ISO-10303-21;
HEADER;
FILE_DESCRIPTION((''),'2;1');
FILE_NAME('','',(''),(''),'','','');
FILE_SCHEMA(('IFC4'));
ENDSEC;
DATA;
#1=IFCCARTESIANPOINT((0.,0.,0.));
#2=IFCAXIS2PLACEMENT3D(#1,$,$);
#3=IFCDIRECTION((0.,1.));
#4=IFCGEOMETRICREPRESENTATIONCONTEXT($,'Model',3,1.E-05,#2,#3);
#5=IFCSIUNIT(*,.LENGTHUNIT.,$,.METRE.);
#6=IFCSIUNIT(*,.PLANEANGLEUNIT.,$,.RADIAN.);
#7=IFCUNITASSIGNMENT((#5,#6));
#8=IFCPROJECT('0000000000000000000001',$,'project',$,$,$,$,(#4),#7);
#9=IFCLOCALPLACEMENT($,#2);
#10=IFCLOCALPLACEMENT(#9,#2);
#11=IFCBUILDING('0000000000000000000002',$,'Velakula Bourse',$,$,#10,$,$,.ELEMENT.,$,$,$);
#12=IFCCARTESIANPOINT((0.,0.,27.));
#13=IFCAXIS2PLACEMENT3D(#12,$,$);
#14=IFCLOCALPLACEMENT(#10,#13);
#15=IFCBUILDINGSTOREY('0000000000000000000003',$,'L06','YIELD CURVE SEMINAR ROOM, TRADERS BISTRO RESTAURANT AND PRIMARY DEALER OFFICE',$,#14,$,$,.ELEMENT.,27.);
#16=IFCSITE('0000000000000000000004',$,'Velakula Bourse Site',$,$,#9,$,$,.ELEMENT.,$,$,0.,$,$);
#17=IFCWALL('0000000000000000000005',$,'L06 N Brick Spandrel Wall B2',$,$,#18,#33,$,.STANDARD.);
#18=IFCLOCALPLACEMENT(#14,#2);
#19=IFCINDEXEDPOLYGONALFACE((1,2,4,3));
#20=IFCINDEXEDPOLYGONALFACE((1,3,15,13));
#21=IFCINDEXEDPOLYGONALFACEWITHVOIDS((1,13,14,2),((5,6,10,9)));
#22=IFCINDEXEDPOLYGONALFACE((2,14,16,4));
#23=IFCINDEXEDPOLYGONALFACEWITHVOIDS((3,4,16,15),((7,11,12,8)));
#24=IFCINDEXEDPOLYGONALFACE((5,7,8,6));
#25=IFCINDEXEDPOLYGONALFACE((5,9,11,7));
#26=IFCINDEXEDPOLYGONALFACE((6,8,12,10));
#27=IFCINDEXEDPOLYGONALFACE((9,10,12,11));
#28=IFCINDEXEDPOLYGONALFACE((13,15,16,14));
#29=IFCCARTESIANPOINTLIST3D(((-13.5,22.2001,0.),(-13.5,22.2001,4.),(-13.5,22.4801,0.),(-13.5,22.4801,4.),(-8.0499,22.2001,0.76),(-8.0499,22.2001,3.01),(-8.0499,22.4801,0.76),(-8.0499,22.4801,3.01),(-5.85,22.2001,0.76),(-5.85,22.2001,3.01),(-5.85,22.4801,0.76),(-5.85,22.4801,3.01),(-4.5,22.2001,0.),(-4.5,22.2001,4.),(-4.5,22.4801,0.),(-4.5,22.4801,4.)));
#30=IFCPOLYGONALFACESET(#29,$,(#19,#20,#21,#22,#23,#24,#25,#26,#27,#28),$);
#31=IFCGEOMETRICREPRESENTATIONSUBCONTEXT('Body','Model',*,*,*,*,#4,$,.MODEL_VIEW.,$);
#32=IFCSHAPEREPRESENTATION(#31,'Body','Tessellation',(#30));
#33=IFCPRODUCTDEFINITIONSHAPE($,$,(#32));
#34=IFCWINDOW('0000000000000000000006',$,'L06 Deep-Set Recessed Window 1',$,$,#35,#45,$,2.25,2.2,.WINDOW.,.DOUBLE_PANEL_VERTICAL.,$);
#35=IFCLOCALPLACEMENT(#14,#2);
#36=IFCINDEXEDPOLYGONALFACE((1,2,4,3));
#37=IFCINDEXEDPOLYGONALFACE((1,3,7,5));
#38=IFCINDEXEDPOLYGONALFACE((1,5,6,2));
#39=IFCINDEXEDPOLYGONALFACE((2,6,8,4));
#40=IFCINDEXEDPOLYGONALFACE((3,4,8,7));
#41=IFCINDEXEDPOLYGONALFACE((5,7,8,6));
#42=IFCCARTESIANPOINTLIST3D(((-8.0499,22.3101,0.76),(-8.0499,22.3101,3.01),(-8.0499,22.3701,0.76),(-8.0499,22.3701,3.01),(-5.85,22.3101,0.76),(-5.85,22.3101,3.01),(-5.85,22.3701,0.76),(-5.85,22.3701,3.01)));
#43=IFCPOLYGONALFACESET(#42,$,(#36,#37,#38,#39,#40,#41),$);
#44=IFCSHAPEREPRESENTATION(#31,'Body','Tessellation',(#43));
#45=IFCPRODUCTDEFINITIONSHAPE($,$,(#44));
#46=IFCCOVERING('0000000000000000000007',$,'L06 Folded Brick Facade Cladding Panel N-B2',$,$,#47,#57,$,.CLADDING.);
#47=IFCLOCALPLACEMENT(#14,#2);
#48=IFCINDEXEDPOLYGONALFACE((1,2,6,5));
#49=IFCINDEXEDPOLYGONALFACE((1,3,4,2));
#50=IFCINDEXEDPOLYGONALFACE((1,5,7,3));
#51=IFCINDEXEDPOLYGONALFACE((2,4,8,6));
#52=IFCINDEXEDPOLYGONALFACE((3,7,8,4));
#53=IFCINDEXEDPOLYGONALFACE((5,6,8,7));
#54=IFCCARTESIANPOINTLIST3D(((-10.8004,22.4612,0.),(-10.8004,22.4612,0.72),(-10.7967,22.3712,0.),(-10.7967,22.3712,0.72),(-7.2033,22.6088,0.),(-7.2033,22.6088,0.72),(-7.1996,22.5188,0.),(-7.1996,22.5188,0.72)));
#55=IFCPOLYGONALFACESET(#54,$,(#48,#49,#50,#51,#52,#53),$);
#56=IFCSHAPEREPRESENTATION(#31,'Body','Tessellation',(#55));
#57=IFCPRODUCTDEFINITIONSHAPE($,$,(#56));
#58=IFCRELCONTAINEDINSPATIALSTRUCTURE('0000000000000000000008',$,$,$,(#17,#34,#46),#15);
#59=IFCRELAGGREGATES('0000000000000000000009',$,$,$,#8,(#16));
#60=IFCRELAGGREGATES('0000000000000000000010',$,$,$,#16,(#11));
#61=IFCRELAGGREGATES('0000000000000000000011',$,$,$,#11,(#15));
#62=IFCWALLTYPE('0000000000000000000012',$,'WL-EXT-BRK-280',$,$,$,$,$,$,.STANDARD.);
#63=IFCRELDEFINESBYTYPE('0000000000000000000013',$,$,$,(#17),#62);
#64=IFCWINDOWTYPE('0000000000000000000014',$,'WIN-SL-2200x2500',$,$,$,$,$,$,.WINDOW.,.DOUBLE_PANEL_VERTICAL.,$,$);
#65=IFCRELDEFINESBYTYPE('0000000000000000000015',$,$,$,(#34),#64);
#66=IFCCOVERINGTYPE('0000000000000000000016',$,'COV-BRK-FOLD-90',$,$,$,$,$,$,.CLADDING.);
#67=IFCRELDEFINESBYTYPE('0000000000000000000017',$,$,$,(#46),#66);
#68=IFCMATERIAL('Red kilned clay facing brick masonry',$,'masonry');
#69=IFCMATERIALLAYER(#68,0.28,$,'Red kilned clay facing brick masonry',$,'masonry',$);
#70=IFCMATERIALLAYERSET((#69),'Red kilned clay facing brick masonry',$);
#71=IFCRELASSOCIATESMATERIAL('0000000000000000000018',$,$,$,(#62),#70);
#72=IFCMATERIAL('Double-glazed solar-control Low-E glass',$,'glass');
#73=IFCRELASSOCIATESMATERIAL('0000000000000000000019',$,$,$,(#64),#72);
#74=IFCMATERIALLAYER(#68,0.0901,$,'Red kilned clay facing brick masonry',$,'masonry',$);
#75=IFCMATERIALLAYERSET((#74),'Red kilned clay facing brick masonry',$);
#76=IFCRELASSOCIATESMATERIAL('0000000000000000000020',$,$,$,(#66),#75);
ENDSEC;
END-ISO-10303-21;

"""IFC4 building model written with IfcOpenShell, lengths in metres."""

from ifc_helpers import new_model, si_unit, direction, frame, frame_2d, origin, origin_2d, place, context, subcontext, project, spatial, rectangle, extrude, material, layer, layer_set, type_object, element, fill, save


model = new_model("IFC4")

# Units and contexts
model_context = context("Model", 3, precision=1e-05, world=origin(), true_north=direction((0.0, 1.0)))
body_context = subcontext(model_context, "Body", "Model", "MODEL_VIEW")
ifc_project = project(units=[si_unit("LENGTHUNIT", "METRE"), si_unit("PLANEANGLEUNIT", "RADIAN")], contexts=[model_context])

# Site, building, storey
site_placement = place(None, origin())
site = spatial("IfcSite", under=ifc_project, at=site_placement, Name="Velakula Bourse Site", CompositionType="ELEMENT", RefElevation=0.0)
building_placement = place(site_placement, origin())
building = spatial("IfcBuilding", under=site, at=building_placement, Name="Velakula Bourse", CompositionType="ELEMENT")
storey_placement = place(building_placement, frame((0.0, 0.0, 27.0)))
storey = spatial("IfcBuildingStorey", under=building, at=storey_placement, Name="L06", Description="YIELD CURVE SEMINAR ROOM, TRADERS BISTRO RESTAURANT AND PRIMARY DEALER OFFICE", CompositionType="ELEMENT", Elevation=27.0)

# Shared definitions
ifc_material_1 = material(Name="Double-glazed solar-control Low-E glass", Category="glass")

# Wall, opening, window
ifc_material_2 = material(Name="Red kilned clay facing brick masonry", Category="masonry")
ifc_layer_1 = layer(ifc_material_2, 0.28, Name="Red kilned clay facing brick masonry", Category="masonry")
ifc_layer_set_1 = layer_set([ifc_layer_1], Name="Red kilned clay facing brick masonry")
wall_type = type_object("IfcWallType", Name="WL-EXT-BRK-280", PredefinedType="STANDARD", material=ifc_layer_set_1)
wall_placement = place(storey_placement, frame((-13.5, 22.3401, 0.0), z_axis=(0.0, 0.0, 1.0), x_axis=(1.0, 0.0, 0.0)))
wall = element("IfcWall", 1, at=wall_placement, inside=storey, type_object=wall_type, Name="L06 N Brick Spandrel Wall B2", PredefinedType="STANDARD", context=body_context, shape_type="SweptSolid", body=[
    extrude(rectangle(XDim=9.0, YDim=0.28, at=frame_2d((4.5, 0.0))), origin(), (0.0, 0.0, 1.0), 4.0),
])
opening_placement = place(wall_placement, frame((5.45, 0.0, 0.76)))
opening = element("IfcOpeningElement", 2, at=opening_placement, cuts=wall, PredefinedType="OPENING", context=body_context, shape_type="SweptSolid", body=[
    extrude(rectangle(XDim=2.2, YDim=2.25, at=frame_2d((1.1001, 1.125))), frame((0.0, 0.1499, 0.0), z_axis=(0.0, -1.0, 0.0), x_axis=(1.0, 0.0, 0.0)), (0.0, 0.0, 1.0), 0.3),
])
window_type = type_object("IfcWindowType", Name="WIN-SL-2200x2500", PartitioningType="DOUBLE_PANEL_VERTICAL", PredefinedType="WINDOW", material=ifc_material_1)
window_placement = place(opening_placement, origin())
window = element("IfcWindow", 3, at=window_placement, inside=storey, type_object=window_type, Name="L06 Deep-Set Recessed Window 1", OverallHeight=2.25, OverallWidth=2.2, PartitioningType="DOUBLE_PANEL_VERTICAL", PredefinedType="WINDOW", context=body_context, shape_type="SweptSolid", body=[
    extrude(rectangle(XDim=2.2, YDim=2.25, at=frame_2d((1.1001, 1.125))), frame((0.0, 0.03, 0.0), z_axis=(0.0, -1.0, 0.0), x_axis=(1.0, 0.0, 0.0)), (0.0, 0.0, 1.0), 0.0601),
])
fill(opening, window)

# Covering
ifc_layer_2 = layer(ifc_material_2, 0.0901, Name="Red kilned clay facing brick masonry", Category="masonry")
ifc_layer_set_2 = layer_set([ifc_layer_2], Name="Red kilned clay facing brick masonry")
covering_type = type_object("IfcCoveringType", Name="COV-BRK-FOLD-90", PredefinedType="CLADDING", material=ifc_layer_set_2)
covering_placement = place(storey_placement, frame((-9.0, 22.49, 0.0), z_axis=(0.0, 0.0, 1.0), x_axis=(0.999159, 0.041004, 0.0)))
element("IfcCovering", 4, at=covering_placement, inside=storey, type_object=covering_type, Name="L06 Folded Brick Facade Cladding Panel N-B2", PredefinedType="CLADDING", context=body_context, shape_type="SweptSolid", body=[
    extrude(rectangle(XDim=3.6001, YDim=0.0901, at=origin_2d()), origin(), (0.0, 0.0, 1.0), 0.72),
])

save(model, "model.ifc")
